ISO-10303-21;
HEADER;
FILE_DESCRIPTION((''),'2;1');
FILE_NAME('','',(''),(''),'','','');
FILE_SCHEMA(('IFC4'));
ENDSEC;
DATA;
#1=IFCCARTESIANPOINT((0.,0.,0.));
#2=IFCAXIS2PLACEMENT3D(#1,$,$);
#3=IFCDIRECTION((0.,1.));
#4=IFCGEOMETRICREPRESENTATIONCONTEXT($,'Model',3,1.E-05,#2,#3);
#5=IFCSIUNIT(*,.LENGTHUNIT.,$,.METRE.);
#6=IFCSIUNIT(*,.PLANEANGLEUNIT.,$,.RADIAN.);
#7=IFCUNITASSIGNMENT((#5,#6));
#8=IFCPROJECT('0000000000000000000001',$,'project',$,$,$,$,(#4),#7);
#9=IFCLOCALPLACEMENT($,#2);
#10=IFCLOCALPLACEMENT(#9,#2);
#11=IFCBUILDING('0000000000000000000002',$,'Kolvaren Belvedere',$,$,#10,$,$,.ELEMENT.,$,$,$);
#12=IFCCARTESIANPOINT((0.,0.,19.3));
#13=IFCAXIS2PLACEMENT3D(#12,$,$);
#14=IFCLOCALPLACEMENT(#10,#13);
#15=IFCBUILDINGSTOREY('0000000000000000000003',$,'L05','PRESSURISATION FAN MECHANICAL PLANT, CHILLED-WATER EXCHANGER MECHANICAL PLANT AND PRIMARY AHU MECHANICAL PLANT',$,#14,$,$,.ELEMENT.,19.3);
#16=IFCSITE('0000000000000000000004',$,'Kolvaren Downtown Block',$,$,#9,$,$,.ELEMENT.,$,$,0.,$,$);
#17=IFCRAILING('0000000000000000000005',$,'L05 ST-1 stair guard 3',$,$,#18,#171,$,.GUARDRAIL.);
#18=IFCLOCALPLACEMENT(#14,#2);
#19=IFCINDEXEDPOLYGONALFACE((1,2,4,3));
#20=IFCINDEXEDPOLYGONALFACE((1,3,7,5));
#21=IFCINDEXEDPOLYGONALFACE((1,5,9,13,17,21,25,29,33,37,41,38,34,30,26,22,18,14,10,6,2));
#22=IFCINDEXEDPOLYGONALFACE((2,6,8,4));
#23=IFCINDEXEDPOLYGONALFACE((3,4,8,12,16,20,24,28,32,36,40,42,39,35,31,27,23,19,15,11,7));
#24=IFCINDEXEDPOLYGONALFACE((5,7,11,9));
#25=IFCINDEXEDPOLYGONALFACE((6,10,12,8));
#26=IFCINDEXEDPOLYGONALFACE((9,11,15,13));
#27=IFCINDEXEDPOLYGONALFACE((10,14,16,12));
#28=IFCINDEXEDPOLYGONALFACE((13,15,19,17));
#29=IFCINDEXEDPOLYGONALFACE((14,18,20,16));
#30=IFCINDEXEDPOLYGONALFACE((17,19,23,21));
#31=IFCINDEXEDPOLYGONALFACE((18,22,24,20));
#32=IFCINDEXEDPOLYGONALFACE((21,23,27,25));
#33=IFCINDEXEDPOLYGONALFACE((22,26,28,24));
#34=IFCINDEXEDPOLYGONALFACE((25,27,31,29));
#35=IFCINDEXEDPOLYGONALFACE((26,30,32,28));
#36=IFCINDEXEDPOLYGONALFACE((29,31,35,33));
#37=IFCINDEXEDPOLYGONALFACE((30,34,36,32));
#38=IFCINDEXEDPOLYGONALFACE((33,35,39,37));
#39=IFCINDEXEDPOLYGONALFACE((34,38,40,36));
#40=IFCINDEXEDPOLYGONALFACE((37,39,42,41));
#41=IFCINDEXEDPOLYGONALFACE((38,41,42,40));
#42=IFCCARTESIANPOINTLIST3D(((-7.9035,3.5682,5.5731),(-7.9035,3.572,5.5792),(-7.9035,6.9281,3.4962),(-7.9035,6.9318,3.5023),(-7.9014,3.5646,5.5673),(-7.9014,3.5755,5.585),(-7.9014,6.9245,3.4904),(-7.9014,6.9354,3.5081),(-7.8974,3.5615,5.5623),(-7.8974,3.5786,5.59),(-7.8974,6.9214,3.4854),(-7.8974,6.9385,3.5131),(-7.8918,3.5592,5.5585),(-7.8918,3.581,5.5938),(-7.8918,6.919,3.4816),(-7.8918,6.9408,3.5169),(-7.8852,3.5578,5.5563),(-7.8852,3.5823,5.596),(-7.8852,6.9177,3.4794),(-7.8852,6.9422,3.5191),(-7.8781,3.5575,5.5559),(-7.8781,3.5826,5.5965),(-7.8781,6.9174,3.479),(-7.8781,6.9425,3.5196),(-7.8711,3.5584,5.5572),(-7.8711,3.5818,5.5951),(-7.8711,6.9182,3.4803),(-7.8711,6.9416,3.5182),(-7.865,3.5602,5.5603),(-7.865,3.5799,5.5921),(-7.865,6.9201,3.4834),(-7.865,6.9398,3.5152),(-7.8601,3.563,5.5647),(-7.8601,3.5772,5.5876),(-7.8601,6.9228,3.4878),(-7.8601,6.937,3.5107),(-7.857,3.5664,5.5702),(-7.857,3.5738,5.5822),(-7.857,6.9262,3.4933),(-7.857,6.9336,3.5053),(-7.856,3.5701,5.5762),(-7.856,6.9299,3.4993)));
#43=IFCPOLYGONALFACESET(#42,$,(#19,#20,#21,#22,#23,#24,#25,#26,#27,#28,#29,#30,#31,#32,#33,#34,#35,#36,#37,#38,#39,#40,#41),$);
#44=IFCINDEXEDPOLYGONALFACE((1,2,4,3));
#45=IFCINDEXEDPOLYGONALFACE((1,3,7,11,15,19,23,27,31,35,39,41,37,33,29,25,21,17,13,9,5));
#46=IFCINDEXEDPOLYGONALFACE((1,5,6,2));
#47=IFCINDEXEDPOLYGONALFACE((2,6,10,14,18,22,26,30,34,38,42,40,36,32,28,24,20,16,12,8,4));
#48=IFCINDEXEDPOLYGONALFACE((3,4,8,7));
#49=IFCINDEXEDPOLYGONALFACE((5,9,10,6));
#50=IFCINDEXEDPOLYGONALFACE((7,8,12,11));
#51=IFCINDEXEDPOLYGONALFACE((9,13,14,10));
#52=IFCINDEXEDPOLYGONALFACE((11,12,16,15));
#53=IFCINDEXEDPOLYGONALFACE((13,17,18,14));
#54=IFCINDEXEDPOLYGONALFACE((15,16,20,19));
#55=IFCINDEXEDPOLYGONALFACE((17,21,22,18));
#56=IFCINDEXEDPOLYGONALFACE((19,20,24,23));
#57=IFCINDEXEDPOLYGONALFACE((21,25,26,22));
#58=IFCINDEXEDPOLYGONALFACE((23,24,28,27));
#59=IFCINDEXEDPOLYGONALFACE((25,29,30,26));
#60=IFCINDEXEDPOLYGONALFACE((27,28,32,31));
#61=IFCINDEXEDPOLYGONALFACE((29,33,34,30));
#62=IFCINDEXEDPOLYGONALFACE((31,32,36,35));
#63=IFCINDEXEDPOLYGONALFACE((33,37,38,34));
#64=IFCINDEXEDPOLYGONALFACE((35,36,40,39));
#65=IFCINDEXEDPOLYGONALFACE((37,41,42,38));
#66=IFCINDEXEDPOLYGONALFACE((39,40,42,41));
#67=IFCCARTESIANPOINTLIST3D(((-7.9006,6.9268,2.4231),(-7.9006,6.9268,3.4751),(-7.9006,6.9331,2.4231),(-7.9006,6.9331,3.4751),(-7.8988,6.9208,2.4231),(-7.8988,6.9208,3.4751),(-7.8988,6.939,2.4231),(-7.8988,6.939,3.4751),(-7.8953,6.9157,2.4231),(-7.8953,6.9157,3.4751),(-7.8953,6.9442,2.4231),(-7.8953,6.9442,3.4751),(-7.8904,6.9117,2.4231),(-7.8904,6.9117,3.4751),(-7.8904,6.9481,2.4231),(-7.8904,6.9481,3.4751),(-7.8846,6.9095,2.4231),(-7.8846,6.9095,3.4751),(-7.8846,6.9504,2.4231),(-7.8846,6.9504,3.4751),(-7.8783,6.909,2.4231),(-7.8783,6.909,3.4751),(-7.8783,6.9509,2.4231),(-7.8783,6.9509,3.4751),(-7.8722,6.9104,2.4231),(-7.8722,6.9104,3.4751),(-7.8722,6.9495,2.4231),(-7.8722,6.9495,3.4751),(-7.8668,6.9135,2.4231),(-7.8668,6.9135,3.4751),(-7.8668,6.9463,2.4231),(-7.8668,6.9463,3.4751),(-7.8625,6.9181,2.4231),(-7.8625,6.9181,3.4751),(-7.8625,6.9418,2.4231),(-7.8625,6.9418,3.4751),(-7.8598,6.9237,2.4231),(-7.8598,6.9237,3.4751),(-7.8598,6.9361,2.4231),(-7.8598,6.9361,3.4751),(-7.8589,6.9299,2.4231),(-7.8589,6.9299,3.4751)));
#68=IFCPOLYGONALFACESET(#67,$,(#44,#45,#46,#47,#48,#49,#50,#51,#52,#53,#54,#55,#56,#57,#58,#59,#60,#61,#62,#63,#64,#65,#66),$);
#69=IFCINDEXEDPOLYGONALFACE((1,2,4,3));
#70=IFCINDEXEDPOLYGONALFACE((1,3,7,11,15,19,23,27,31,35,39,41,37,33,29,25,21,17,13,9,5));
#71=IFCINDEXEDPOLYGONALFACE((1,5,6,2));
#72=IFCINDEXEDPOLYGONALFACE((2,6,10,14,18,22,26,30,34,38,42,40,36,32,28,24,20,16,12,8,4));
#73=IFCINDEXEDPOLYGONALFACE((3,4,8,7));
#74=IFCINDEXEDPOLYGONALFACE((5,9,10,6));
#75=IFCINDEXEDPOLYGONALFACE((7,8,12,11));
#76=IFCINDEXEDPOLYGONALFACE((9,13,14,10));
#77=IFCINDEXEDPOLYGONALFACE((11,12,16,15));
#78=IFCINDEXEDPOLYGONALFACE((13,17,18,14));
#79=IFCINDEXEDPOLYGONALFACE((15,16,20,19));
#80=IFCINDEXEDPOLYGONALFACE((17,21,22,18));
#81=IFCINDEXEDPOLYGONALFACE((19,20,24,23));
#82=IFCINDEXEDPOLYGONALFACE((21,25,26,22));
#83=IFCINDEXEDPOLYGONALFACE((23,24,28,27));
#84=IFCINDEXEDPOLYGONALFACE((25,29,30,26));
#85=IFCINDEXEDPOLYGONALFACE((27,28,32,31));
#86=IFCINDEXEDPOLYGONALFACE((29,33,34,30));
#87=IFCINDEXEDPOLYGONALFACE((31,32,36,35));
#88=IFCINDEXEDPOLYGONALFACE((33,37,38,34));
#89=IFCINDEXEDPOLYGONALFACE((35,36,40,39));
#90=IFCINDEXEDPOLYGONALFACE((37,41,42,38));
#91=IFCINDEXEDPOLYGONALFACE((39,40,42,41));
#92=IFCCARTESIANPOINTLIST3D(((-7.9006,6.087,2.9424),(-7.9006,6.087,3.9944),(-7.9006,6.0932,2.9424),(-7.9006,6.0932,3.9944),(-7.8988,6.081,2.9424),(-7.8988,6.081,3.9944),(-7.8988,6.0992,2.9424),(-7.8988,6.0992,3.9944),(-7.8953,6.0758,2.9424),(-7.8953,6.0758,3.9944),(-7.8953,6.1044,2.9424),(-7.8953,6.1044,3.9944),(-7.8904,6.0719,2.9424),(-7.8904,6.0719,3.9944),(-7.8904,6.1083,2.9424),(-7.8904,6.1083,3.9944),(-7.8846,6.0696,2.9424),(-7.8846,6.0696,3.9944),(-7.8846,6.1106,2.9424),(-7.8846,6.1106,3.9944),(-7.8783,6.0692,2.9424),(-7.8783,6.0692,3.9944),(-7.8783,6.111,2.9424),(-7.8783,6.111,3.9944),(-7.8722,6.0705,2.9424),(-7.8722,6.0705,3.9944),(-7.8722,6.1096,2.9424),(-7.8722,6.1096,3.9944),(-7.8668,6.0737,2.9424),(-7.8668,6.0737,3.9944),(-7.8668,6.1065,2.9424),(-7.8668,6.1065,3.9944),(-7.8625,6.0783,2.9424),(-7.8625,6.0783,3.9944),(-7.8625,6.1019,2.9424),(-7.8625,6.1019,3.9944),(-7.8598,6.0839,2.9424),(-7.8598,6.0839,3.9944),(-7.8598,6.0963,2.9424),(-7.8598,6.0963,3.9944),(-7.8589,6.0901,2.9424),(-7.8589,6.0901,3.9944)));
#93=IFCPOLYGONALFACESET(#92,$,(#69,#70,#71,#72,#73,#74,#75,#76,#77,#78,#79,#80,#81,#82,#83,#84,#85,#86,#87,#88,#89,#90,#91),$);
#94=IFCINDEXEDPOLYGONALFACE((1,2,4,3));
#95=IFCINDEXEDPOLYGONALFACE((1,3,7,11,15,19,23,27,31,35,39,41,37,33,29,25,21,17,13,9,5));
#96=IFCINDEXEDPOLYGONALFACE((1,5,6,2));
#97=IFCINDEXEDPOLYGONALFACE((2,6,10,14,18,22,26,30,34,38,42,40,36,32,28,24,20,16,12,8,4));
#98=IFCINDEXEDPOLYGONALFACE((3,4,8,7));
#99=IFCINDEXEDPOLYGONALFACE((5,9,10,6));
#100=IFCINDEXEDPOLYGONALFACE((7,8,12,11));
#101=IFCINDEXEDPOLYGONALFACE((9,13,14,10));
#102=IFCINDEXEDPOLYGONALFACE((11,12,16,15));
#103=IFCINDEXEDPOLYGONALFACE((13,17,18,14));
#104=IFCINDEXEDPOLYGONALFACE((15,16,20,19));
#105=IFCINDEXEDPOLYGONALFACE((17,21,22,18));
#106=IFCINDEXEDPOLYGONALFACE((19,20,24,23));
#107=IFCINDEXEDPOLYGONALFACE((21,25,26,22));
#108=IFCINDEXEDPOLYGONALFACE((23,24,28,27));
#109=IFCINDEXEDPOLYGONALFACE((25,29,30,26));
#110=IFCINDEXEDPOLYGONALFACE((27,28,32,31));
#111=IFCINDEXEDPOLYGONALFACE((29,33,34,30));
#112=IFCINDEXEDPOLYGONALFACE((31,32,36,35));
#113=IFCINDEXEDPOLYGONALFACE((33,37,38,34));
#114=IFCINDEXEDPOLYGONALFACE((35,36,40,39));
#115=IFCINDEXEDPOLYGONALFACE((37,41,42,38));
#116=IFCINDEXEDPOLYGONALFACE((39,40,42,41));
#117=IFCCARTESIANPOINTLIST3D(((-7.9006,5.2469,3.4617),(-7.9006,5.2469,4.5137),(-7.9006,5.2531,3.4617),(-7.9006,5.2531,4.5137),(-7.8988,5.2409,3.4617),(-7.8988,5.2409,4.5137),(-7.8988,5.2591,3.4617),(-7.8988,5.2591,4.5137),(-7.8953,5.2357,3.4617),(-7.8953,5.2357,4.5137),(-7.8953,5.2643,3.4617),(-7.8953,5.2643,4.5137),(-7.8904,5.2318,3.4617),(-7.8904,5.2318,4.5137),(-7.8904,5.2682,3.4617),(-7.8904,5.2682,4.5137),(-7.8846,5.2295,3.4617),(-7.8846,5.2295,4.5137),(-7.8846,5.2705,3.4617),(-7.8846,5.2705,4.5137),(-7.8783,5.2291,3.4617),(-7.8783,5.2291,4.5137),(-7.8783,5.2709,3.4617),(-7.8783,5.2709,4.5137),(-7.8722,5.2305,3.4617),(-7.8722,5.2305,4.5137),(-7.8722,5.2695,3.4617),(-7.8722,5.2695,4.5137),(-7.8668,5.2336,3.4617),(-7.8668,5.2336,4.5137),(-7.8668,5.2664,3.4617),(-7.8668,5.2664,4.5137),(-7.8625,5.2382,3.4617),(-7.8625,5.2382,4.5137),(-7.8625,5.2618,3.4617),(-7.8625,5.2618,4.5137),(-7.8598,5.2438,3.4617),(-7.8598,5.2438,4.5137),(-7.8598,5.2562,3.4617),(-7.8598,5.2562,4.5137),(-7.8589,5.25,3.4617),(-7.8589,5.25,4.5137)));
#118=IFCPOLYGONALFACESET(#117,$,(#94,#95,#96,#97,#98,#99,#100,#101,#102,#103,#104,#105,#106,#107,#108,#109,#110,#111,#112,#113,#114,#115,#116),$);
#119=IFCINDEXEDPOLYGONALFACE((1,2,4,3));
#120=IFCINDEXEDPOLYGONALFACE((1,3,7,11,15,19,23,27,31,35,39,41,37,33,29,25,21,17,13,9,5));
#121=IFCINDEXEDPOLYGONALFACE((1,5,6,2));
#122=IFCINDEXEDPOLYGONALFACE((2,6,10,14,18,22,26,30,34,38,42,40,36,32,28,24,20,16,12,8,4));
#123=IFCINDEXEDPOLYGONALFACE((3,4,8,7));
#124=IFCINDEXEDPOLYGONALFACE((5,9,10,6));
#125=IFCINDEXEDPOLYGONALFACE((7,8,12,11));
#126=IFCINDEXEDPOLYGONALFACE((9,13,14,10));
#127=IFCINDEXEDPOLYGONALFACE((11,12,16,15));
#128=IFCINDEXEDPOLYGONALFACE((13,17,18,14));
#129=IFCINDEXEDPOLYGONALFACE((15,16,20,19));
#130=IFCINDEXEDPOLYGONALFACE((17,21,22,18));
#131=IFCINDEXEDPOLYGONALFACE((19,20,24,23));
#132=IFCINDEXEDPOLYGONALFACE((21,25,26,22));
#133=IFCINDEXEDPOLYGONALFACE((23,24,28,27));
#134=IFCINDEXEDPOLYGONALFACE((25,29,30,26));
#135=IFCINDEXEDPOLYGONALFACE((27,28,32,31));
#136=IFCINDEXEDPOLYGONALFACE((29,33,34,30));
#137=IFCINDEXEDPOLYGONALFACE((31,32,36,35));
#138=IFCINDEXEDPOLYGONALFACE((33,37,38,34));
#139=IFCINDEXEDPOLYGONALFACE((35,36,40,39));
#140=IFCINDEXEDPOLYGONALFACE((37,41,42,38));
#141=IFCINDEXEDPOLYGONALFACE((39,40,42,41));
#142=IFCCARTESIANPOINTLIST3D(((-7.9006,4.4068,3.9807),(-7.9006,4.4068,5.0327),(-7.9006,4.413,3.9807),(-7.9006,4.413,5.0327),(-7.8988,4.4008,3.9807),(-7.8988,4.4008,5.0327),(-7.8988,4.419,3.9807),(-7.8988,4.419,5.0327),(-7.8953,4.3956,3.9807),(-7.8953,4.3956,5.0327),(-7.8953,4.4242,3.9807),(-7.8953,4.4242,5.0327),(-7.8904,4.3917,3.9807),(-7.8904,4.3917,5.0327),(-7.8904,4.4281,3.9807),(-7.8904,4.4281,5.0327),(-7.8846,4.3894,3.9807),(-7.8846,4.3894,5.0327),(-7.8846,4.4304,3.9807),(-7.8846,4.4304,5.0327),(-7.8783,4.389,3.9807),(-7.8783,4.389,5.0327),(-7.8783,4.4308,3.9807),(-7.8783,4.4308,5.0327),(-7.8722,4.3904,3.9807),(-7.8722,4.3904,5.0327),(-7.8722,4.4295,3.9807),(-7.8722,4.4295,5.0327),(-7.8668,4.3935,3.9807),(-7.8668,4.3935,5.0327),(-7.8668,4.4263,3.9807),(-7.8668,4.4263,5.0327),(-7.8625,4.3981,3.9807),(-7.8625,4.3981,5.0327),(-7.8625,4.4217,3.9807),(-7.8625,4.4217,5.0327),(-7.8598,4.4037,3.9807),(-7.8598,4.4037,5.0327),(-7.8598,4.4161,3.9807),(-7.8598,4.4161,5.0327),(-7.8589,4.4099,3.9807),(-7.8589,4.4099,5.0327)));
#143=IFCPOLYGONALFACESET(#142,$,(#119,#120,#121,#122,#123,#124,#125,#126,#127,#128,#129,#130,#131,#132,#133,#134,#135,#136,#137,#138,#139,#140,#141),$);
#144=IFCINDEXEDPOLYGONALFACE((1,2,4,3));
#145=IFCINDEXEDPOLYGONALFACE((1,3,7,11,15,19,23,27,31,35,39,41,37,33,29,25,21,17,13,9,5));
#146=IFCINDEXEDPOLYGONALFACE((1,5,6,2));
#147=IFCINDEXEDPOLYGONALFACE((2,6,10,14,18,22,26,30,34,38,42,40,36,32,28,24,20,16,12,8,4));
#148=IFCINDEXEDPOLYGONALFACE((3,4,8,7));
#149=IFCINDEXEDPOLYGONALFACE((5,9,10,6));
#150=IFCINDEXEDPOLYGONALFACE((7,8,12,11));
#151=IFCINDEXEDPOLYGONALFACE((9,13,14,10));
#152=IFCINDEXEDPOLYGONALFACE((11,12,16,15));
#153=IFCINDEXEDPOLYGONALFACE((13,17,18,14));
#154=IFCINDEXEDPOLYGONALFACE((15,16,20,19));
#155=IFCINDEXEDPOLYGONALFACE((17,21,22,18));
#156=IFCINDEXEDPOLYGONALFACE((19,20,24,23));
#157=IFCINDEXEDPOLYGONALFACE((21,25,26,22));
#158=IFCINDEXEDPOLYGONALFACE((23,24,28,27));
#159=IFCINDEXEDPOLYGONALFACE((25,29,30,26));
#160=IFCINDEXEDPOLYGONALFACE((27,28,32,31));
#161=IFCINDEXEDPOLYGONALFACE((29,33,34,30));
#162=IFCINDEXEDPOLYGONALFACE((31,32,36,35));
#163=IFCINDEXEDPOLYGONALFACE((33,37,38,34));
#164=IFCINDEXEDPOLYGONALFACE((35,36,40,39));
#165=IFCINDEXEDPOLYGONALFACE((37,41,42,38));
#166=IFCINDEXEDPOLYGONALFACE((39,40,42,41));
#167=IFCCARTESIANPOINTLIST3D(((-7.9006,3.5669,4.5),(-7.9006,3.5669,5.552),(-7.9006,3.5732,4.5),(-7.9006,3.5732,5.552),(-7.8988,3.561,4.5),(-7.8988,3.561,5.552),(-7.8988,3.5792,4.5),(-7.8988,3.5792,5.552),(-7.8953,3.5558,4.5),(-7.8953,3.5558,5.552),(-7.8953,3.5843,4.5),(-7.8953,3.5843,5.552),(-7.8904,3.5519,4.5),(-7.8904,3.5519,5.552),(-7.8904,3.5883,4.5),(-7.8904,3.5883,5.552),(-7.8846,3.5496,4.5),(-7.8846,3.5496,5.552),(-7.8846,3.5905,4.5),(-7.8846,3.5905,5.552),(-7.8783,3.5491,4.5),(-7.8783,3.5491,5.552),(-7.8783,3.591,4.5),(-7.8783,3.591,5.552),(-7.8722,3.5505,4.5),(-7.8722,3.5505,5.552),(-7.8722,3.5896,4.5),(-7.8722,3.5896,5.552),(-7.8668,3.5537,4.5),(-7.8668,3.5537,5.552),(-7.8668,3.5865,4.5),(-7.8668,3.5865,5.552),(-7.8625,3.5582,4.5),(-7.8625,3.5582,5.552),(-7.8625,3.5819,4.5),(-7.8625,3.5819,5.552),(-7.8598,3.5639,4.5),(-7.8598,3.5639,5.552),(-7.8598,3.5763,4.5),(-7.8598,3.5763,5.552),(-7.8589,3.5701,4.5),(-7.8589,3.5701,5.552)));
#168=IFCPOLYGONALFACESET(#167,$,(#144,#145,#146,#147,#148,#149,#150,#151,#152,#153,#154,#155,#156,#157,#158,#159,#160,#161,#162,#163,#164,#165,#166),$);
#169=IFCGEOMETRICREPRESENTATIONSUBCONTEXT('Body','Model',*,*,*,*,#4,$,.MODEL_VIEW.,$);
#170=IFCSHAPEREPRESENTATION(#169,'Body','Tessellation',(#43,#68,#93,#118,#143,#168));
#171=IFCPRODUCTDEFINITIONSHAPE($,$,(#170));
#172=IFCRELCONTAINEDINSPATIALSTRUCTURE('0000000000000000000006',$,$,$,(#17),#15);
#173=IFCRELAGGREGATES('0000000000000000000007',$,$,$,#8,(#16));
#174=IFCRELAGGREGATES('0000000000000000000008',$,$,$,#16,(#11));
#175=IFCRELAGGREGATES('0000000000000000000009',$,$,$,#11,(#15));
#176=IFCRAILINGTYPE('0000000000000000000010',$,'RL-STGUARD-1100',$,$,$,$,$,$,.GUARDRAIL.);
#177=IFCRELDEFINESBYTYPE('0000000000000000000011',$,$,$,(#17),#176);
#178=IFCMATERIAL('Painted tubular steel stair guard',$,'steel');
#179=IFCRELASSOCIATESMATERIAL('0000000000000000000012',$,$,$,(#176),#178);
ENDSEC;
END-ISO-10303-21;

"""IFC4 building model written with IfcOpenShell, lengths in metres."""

from ifc_helpers import new_model, si_unit, direction, frame, origin, origin_2d, place, context, subcontext, project, spatial, circle, extrude, material, type_object, element, save


model = new_model("IFC4")

# Units and contexts
model_context = context("Model", 3, precision=1e-05, world=origin(), true_north=direction((0.0, 1.0)))
body_context = subcontext(model_context, "Body", "Model", "MODEL_VIEW")
ifc_project = project(units=[si_unit("LENGTHUNIT", "METRE"), si_unit("PLANEANGLEUNIT", "RADIAN")], contexts=[model_context])

# Site, building, storey
site_placement = place(None, origin())
site = spatial("IfcSite", under=ifc_project, at=site_placement, Name="Kolvaren Downtown Block", CompositionType="ELEMENT", RefElevation=0.0)
building_placement = place(site_placement, origin())
building = spatial("IfcBuilding", under=site, at=building_placement, Name="Kolvaren Belvedere", CompositionType="ELEMENT")
storey_placement = place(building_placement, frame((0.0, 0.0, 19.3)))
storey = spatial("IfcBuildingStorey", under=building, at=storey_placement, Name="L05", Description="PRESSURISATION FAN MECHANICAL PLANT, CHILLED-WATER EXCHANGER MECHANICAL PLANT AND PRIMARY AHU MECHANICAL PLANT", CompositionType="ELEMENT", Elevation=19.3)

# Railing
ifc_material_1 = material(Name="Painted tubular steel stair guard", Category="steel")
railing_type_1 = type_object("IfcRailingType", Name="RL-STGUARD-1100", PredefinedType="GUARDRAIL", material=ifc_material_1)
railing_1_placement = place(storey_placement, frame((-7.8799, 6.9299, 2.4231)))
element("IfcRailing", 1, at=railing_1_placement, inside=storey, type_object=railing_type_1, Name="L05 ST-1 stair guard 3", PredefinedType="GUARDRAIL", context=body_context, shape_type="SweptSolid", body=[
    extrude(circle(Radius=0.0239, at=origin_2d()), frame((0.0, 0.0, 1.0762), z_axis=(0.0, -0.850606, 0.525803), x_axis=(1.0, 0.0, 0.0)), (0.0, 0.0, 1.0), 3.95),
    extrude(circle(Radius=0.021, at=origin_2d()), origin(), (0.0, 0.0, 1.0), 1.052),
    extrude(circle(Radius=0.021, at=origin_2d()), frame((0.0, -0.8398, 0.5193)), (0.0, 0.0, 1.0), 1.052),
    extrude(circle(Radius=0.021, at=origin_2d()), frame((0.0, -1.6799, 1.0386)), (0.0, 0.0, 1.0), 1.052),
    extrude(circle(Radius=0.021, at=origin_2d()), frame((0.0, -2.52, 1.5576)), (0.0, 0.0, 1.0), 1.052),
    extrude(circle(Radius=0.021, at=origin_2d()), frame((0.0, -3.3599, 2.0769)), (0.0, 0.0, 1.0), 1.052),
])

save(model, "model.ifc")
